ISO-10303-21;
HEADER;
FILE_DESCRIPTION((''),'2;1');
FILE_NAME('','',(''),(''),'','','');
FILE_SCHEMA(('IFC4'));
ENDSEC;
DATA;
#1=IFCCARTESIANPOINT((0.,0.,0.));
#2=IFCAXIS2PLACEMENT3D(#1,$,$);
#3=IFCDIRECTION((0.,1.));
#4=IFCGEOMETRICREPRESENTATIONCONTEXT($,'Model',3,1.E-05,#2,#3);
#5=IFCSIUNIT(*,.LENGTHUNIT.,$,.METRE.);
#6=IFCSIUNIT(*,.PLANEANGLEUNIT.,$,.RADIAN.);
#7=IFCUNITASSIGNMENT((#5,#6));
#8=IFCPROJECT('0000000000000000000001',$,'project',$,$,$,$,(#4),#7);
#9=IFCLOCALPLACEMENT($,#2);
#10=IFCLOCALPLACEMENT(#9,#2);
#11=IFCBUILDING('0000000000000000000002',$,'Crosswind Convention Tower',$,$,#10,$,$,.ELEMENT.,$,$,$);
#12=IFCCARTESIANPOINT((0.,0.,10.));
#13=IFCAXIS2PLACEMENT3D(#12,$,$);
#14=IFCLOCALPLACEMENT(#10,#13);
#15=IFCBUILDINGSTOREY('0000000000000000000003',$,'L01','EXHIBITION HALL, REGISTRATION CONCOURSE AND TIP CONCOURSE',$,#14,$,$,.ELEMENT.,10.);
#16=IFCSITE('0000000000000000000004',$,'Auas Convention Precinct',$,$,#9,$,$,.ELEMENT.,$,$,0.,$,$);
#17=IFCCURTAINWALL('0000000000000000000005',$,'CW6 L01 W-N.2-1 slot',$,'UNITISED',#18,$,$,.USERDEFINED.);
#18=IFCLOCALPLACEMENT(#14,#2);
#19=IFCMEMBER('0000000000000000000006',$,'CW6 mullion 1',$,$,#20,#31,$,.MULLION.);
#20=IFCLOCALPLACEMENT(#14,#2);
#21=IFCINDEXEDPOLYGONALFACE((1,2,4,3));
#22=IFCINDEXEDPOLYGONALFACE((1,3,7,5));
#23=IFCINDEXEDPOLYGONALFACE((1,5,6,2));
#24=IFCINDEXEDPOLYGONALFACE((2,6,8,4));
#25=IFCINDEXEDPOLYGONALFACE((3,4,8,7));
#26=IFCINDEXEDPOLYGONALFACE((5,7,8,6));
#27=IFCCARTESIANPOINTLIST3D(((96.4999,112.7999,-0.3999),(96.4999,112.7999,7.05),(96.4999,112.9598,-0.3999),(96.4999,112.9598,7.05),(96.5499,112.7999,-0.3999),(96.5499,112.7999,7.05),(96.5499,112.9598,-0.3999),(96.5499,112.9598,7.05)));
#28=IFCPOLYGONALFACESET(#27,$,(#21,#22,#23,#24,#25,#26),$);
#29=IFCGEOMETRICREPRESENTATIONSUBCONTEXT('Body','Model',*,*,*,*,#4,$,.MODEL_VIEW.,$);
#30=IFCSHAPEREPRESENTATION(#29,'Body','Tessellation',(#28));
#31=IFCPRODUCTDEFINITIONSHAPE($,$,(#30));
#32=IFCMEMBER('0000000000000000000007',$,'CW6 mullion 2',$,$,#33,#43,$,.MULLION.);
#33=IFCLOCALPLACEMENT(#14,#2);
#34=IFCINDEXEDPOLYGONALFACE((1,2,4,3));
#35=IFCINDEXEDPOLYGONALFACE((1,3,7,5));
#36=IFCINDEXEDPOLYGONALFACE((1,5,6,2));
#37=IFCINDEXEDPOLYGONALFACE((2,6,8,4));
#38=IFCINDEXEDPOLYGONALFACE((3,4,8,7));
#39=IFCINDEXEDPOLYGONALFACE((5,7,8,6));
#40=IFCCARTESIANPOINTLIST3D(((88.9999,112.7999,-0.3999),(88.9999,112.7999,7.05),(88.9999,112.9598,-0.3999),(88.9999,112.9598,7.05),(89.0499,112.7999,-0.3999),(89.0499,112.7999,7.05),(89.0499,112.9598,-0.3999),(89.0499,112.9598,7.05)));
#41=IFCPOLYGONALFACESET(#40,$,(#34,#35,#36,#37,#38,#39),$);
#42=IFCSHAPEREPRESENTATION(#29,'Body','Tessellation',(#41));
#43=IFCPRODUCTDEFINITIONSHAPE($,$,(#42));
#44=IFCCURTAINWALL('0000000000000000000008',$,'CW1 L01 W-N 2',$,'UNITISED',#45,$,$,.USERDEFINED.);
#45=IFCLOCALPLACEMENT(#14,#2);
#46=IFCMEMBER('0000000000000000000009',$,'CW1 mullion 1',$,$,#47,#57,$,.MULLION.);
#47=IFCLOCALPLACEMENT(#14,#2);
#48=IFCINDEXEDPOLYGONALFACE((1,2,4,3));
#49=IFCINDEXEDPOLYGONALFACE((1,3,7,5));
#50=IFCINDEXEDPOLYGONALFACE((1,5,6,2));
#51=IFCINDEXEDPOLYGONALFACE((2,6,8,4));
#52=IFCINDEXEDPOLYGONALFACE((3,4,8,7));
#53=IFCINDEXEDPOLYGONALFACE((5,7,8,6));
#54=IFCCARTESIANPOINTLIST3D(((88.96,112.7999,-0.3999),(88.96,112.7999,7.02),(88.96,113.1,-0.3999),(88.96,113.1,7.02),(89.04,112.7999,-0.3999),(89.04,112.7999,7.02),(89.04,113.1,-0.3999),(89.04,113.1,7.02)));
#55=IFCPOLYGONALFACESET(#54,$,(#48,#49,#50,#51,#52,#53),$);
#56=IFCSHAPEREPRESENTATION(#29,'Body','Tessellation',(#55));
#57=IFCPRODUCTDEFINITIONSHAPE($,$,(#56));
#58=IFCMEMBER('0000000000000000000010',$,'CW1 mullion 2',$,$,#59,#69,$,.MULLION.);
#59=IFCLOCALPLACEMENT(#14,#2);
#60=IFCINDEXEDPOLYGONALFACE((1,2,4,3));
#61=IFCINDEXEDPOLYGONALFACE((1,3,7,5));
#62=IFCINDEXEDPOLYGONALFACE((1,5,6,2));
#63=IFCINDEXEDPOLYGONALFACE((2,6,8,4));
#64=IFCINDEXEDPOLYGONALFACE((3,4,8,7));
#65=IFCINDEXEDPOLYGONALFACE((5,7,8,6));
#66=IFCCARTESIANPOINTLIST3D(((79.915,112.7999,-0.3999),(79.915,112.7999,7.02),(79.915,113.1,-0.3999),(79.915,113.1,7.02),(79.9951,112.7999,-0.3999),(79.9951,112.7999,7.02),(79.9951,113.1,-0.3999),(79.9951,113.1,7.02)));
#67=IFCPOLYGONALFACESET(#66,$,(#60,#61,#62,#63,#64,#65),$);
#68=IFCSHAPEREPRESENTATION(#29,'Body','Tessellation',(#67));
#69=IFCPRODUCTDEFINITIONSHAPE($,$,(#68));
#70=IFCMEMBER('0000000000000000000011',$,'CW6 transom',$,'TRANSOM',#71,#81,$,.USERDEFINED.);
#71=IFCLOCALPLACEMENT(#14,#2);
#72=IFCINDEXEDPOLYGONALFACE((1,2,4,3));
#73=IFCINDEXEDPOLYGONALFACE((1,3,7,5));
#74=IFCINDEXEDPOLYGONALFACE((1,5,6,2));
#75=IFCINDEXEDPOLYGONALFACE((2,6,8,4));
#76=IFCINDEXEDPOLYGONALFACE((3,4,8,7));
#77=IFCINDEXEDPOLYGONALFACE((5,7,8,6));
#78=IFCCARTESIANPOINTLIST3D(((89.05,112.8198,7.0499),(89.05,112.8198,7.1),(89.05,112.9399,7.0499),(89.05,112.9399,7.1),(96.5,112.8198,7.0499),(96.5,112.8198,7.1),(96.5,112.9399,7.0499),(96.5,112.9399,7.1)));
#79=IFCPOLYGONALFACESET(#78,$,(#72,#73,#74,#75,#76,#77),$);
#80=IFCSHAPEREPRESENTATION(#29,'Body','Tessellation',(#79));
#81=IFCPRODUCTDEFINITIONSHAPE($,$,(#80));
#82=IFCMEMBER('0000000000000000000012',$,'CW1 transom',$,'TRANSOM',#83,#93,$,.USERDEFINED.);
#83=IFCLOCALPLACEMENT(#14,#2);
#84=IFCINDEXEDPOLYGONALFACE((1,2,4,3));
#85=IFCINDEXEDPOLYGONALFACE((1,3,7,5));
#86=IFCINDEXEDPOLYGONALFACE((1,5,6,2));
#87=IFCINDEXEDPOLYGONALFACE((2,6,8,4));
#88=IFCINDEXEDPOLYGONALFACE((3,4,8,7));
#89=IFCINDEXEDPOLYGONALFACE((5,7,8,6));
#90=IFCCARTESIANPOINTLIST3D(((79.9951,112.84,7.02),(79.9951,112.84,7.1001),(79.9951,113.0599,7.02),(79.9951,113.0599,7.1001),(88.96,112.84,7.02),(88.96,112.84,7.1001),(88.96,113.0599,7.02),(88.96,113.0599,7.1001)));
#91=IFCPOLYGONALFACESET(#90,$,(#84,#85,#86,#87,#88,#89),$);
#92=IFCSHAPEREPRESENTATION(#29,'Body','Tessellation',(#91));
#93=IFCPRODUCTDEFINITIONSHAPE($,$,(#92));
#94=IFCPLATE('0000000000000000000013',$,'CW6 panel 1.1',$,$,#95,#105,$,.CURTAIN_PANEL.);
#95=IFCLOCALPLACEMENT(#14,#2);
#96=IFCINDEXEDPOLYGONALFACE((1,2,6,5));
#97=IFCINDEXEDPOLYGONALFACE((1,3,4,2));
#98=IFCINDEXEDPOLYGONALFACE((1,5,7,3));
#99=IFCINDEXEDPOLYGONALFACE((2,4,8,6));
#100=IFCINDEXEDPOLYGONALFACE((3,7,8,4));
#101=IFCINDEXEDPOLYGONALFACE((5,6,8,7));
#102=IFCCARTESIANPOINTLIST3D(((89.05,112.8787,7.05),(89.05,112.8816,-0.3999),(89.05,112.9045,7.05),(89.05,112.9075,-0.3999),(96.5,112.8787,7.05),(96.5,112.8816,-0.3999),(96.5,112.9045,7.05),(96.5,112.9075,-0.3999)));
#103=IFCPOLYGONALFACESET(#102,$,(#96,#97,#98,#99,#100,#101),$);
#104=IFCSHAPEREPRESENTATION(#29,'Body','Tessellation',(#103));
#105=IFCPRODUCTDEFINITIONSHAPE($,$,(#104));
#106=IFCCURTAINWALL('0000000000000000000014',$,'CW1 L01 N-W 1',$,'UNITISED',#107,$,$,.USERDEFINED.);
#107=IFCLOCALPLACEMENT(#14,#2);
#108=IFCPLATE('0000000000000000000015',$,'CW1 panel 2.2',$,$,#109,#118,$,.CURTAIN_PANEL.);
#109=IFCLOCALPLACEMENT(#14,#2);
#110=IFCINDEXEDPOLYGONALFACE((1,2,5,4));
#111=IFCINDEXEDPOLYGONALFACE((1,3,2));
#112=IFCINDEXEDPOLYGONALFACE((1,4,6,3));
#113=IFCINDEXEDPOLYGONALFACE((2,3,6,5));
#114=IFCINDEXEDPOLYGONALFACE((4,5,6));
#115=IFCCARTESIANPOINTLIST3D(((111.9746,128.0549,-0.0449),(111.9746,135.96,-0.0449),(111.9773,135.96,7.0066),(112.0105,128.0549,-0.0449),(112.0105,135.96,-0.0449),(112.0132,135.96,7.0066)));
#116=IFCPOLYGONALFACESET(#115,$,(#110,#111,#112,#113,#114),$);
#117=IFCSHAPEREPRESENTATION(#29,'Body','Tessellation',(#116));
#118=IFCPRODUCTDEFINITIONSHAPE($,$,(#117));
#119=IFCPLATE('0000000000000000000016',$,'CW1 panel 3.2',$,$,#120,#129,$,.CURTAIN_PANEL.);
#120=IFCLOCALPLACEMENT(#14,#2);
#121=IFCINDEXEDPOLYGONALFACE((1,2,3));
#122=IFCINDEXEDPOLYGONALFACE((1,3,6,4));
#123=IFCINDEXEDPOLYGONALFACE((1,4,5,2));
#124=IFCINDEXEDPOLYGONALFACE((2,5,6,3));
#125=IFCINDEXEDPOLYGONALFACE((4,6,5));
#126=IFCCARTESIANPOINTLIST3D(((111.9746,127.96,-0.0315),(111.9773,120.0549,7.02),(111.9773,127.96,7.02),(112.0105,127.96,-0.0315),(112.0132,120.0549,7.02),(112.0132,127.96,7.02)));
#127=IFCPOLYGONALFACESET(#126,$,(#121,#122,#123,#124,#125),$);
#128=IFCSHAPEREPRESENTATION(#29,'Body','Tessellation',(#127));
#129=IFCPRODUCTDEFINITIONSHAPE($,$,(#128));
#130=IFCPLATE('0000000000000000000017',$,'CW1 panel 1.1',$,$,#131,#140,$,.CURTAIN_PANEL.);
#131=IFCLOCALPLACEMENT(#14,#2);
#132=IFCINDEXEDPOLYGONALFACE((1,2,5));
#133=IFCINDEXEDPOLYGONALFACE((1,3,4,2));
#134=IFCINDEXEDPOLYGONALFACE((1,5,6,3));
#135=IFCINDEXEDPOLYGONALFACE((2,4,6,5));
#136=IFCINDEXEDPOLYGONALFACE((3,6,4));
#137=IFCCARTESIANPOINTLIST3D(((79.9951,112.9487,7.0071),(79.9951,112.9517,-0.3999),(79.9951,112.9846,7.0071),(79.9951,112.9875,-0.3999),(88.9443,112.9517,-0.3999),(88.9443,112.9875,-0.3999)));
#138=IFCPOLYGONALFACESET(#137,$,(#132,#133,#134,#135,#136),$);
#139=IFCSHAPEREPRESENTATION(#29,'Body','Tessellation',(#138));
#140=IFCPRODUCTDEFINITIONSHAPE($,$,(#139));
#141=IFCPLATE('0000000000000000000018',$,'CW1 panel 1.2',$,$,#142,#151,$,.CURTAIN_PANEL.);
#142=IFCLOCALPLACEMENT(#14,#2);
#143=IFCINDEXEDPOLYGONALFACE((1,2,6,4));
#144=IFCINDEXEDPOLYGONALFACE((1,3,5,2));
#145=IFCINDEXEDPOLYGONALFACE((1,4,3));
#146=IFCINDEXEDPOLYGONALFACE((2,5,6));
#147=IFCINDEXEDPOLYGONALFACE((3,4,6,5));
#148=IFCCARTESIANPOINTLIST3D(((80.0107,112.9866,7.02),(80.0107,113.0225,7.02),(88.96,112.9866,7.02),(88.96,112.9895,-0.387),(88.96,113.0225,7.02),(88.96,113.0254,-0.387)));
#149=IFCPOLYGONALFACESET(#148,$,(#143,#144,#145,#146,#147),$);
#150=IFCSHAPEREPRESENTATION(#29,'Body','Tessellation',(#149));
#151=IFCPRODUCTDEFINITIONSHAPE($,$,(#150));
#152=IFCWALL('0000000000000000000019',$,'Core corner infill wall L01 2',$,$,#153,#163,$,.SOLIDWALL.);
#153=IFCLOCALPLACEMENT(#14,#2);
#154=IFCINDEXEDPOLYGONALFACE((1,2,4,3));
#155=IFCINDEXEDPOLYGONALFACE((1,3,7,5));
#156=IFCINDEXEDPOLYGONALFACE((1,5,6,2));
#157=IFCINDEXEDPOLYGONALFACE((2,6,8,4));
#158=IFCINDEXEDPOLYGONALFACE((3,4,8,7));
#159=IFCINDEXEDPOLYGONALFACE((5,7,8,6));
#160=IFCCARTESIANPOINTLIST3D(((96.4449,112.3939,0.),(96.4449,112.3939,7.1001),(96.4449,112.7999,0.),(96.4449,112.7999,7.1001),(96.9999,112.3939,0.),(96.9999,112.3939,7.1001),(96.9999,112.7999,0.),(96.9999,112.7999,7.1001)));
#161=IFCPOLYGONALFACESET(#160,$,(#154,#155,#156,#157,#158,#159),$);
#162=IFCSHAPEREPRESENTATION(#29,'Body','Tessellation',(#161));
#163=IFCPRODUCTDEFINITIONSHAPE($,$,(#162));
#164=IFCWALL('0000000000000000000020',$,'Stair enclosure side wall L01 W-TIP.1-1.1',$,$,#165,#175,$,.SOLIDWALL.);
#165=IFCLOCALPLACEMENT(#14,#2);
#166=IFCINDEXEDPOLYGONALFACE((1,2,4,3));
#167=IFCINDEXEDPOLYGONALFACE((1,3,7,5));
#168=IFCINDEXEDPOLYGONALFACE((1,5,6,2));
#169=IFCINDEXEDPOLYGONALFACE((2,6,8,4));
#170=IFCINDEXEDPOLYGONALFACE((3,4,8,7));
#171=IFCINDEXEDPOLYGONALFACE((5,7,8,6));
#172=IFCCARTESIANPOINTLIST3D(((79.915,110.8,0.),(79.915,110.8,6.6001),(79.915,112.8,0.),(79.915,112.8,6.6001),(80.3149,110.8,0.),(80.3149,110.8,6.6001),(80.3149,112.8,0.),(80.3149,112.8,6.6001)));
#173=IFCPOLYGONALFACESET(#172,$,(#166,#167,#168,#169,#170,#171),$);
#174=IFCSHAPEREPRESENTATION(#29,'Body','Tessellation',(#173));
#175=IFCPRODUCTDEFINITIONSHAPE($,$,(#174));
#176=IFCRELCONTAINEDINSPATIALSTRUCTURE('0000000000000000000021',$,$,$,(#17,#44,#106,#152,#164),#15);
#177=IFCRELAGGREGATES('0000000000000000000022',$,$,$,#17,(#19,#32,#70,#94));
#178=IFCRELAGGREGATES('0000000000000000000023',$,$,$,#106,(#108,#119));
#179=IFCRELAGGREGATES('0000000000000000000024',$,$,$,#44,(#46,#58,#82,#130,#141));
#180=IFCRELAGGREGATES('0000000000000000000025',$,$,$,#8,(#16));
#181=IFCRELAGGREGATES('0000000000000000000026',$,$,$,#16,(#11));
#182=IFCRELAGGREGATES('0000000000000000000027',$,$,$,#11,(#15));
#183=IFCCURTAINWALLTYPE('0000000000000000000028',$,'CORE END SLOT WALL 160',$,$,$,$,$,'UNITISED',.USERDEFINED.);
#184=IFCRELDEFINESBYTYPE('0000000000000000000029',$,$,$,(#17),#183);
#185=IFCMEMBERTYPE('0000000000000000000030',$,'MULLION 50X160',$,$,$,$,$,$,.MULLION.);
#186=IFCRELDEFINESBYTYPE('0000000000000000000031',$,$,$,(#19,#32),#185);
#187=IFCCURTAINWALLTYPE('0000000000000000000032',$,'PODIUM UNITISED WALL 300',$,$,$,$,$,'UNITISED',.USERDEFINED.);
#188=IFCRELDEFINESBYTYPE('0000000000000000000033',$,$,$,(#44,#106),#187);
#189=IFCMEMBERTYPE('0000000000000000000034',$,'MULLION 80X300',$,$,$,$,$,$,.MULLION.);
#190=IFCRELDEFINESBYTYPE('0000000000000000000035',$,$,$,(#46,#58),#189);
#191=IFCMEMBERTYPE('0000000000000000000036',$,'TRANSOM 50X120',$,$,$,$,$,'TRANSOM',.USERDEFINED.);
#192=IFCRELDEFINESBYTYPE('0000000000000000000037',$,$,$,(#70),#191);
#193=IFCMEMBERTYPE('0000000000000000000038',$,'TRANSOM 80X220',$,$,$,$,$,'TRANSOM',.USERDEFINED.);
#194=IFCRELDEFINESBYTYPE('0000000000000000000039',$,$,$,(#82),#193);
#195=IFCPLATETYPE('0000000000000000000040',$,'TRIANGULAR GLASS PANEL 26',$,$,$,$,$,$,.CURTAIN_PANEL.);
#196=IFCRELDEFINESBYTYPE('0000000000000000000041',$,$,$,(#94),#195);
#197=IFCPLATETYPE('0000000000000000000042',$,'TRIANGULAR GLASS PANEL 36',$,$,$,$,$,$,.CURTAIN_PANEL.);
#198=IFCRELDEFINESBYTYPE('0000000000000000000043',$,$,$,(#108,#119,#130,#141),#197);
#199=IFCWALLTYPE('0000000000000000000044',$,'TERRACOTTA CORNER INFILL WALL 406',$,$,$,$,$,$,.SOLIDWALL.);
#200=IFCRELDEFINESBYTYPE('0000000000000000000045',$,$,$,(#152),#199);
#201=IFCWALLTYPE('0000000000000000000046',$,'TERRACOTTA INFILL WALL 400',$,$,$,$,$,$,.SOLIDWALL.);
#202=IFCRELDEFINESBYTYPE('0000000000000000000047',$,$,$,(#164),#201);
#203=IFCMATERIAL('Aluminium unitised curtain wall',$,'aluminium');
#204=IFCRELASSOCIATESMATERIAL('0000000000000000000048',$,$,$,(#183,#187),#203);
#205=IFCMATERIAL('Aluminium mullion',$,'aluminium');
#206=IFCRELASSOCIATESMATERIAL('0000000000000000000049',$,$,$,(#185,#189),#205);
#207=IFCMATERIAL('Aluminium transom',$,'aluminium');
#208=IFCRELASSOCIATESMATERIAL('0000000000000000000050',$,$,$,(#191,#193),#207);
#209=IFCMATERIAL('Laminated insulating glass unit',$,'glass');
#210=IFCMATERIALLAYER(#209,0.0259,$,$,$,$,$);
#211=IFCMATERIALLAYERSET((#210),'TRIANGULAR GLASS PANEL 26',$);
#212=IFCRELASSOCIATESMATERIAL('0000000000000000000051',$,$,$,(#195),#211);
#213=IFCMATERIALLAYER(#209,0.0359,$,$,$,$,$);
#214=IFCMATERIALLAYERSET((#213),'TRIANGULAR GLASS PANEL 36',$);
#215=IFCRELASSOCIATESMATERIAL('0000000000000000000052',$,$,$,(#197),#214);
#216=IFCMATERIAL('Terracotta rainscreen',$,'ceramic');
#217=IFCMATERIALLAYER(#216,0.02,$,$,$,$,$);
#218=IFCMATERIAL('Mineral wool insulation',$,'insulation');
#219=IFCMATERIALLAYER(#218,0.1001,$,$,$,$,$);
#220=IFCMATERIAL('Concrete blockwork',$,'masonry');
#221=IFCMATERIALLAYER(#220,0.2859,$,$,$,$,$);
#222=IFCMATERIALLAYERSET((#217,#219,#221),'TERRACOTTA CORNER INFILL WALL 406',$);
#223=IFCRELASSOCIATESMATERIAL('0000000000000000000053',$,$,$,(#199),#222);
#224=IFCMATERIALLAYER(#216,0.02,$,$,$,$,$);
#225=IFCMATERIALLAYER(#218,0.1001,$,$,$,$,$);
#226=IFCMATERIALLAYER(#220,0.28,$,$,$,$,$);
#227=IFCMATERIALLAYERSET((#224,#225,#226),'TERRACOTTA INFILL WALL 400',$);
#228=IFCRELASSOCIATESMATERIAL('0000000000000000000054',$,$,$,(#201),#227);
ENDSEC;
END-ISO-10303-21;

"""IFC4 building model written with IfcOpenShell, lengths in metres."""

from ifc_helpers import new_model, si_unit, direction, frame, frame_2d, origin, origin_2d, place, context, subcontext, project, spatial, polyline, rectangle, outline, extrude, material, layer, layer_set, material_profile, profile_set, type_object, element, aggregate, save


model = new_model("IFC4")

# Units and contexts
model_context = context("Model", 3, precision=1e-05, world=origin(), true_north=direction((0.0, 1.0)))
body_context = subcontext(model_context, "Body", "Model", "MODEL_VIEW")
ifc_project = project(units=[si_unit("LENGTHUNIT", "METRE"), si_unit("PLANEANGLEUNIT", "RADIAN")], contexts=[model_context])

# Site, building, storey
site_placement = place(None, origin())
site = spatial("IfcSite", under=ifc_project, at=site_placement, Name="Auas Convention Precinct", CompositionType="ELEMENT", RefElevation=0.0)
building_placement = place(site_placement, origin())
building = spatial("IfcBuilding", under=site, at=building_placement, Name="Crosswind Convention Tower", CompositionType="ELEMENT")
storey_placement = place(building_placement, frame((0.0, 0.0, 10.0)))
storey = spatial("IfcBuildingStorey", under=building, at=storey_placement, Name="L01", Description="EXHIBITION HALL, REGISTRATION CONCOURSE AND TIP CONCOURSE", CompositionType="ELEMENT", Elevation=10.0)

# Curtain walls, members
ifc_material_1 = material(Name="Aluminium unitised curtain wall", Category="aluminium")
curtain_wall_type_1 = type_object("IfcCurtainWallType", Name="CORE END SLOT WALL 160", ElementType="UNITISED", PredefinedType="USERDEFINED", material=ifc_material_1)
curtain_wall_1_placement = place(storey_placement, origin())
curtain_wall_1 = element("IfcCurtainWall", 1, at=curtain_wall_1_placement, inside=storey, type_object=curtain_wall_type_1, Name="CW6 L01 W-N.2-1 slot", ObjectType="UNITISED", PredefinedType="USERDEFINED")
ifc_material_2 = material(Name="Aluminium mullion", Category="aluminium")
ifc_material_profile_1 = material_profile(ifc_material_2, rectangle(XDim=0.1599, YDim=0.05, at=origin_2d()), Name="AL 160X50")
ifc_profile_set_1 = profile_set([ifc_material_profile_1], Name="Aluminium mullion")
member_type_1 = type_object("IfcMemberType", Name="MULLION 50X160", PredefinedType="MULLION", material=ifc_profile_set_1)
member_1_placement = place(storey_placement, frame((96.5249, 112.8799, -0.3999), z_axis=(0.0, 0.0, 1.0), x_axis=(0.0, 1.0, 0.0)))
member_1 = element("IfcMember", 2, at=member_1_placement, type_object=member_type_1, Name="CW6 mullion 1", PredefinedType="MULLION", context=body_context, shape_type="SweptSolid", body=[
    extrude(rectangle(XDim=0.1599, YDim=0.05, at=origin_2d()), origin(), (0.0, 0.0, 1.0), 7.45),
])
member_2_placement = place(storey_placement, frame((89.0249, 112.8799, -0.3999), z_axis=(0.0, 0.0, 1.0), x_axis=(0.0, 1.0, 0.0)))
member_2 = element("IfcMember", 3, at=member_2_placement, type_object=member_type_1, Name="CW6 mullion 2", PredefinedType="MULLION", context=body_context, shape_type="SweptSolid", body=[
    extrude(rectangle(XDim=0.1599, YDim=0.05, at=origin_2d()), origin(), (0.0, 0.0, 1.0), 7.45),
])
curtain_wall_type_2 = type_object("IfcCurtainWallType", Name="PODIUM UNITISED WALL 300", ElementType="UNITISED", PredefinedType="USERDEFINED", material=ifc_material_1)
curtain_wall_2_placement = place(storey_placement, origin())
curtain_wall_2 = element("IfcCurtainWall", 4, at=curtain_wall_2_placement, inside=storey, type_object=curtain_wall_type_2, Name="CW1 L01 W-N 2", ObjectType="UNITISED", PredefinedType="USERDEFINED")
ifc_material_profile_2 = material_profile(ifc_material_2, rectangle(XDim=0.3, YDim=0.0801, at=origin_2d()), Name="AL 300X80")
ifc_profile_set_2 = profile_set([ifc_material_profile_2], Name="Aluminium mullion")
member_type_2 = type_object("IfcMemberType", Name="MULLION 80X300", PredefinedType="MULLION", material=ifc_profile_set_2)
member_3_placement = place(storey_placement, frame((89.0, 112.95, -0.3999), z_axis=(0.0, 0.0, 1.0), x_axis=(0.0, 1.0, 0.0)))
member_3 = element("IfcMember", 5, at=member_3_placement, type_object=member_type_2, Name="CW1 mullion 1", PredefinedType="MULLION", context=body_context, shape_type="SweptSolid", body=[
    extrude(rectangle(XDim=0.3, YDim=0.0801, at=origin_2d()), origin(), (0.0, 0.0, 1.0), 7.4199),
])
member_4_placement = place(storey_placement, frame((79.9551, 112.95, -0.3999), z_axis=(0.0, 0.0, 1.0), x_axis=(0.0, 1.0, 0.0)))
member_4 = element("IfcMember", 6, at=member_4_placement, type_object=member_type_2, Name="CW1 mullion 2", PredefinedType="MULLION", context=body_context, shape_type="SweptSolid", body=[
    extrude(rectangle(XDim=0.3, YDim=0.0801, at=origin_2d()), origin(), (0.0, 0.0, 1.0), 7.4199),
])

# Members
ifc_material_3 = material(Name="Aluminium transom", Category="aluminium")
ifc_material_profile_3 = material_profile(ifc_material_3, rectangle(XDim=0.1201, YDim=0.05, at=origin_2d()), Name="AL 120X50")
ifc_profile_set_3 = profile_set([ifc_material_profile_3], Name="Aluminium transom")
member_type_3 = type_object("IfcMemberType", Name="TRANSOM 50X120", ElementType="TRANSOM", PredefinedType="USERDEFINED", material=ifc_profile_set_3)
member_5_placement = place(storey_placement, frame((96.5, 112.8799, 7.075), z_axis=(-1.0, 0.0, 0.0), x_axis=(0.0, -1.0, 0.0)))
member_5 = element("IfcMember", 7, at=member_5_placement, type_object=member_type_3, Name="CW6 transom", ObjectType="TRANSOM", PredefinedType="USERDEFINED", context=body_context, shape_type="SweptSolid", body=[
    extrude(rectangle(XDim=0.1201, YDim=0.05, at=origin_2d()), origin(), (0.0, 0.0, 1.0), 7.45),
])
ifc_material_profile_4 = material_profile(ifc_material_3, rectangle(XDim=0.22, YDim=0.0801, at=origin_2d()), Name="AL 220X80")
ifc_profile_set_4 = profile_set([ifc_material_profile_4], Name="Aluminium transom")
member_type_4 = type_object("IfcMemberType", Name="TRANSOM 80X220", ElementType="TRANSOM", PredefinedType="USERDEFINED", material=ifc_profile_set_4)
member_6_placement = place(storey_placement, frame((88.96, 112.95, 7.0601), z_axis=(-1.0, 0.0, 0.0), x_axis=(0.0, -1.0, 0.0)))
member_6 = element("IfcMember", 8, at=member_6_placement, type_object=member_type_4, Name="CW1 transom", ObjectType="TRANSOM", PredefinedType="USERDEFINED", context=body_context, shape_type="SweptSolid", body=[
    extrude(rectangle(XDim=0.22, YDim=0.0801, at=origin_2d()), origin(), (0.0, 0.0, 1.0), 8.9648),
])

# Plate
ifc_material_4 = material(Name="Laminated insulating glass unit", Category="glass")
ifc_layer_1 = layer(ifc_material_4, 0.0259)
ifc_layer_set_1 = layer_set([ifc_layer_1], Name="TRIANGULAR GLASS PANEL 26")
plate_type_1 = type_object("IfcPlateType", Name="TRIANGULAR GLASS PANEL 26", PredefinedType="CURTAIN_PANEL", material=ifc_layer_set_1)
plate_1_placement = place(storey_placement, frame((96.5, 112.9075, -0.3999), z_axis=(0.0, 1.0, 0.000393), x_axis=(-1.0, 0.0, 0.0)))
plate_1 = element("IfcPlate", 9, at=plate_1_placement, type_object=plate_type_1, Name="CW6 panel 1.1", PredefinedType="CURTAIN_PANEL", context=body_context, shape_type="SweptSolid", body=[
    extrude(outline(polyline([(0.0, 0.0), (7.45, 0.0), (7.45, 7.45), (0.0, 7.45), (0.0, 0.0)])), origin(), (0.0, 0.0, -1.0), 0.0259),
])
aggregate(curtain_wall_1, [member_1, member_2, member_5, plate_1])

# Curtain wall, plates
curtain_wall_3_placement = place(storey_placement, origin())
curtain_wall_3 = element("IfcCurtainWall", 10, at=curtain_wall_3_placement, inside=storey, type_object=curtain_wall_type_2, Name="CW1 L01 N-W 1", ObjectType="UNITISED", PredefinedType="USERDEFINED")
ifc_layer_2 = layer(ifc_material_4, 0.0359)
ifc_layer_set_2 = layer_set([ifc_layer_2], Name="TRIANGULAR GLASS PANEL 36")
plate_type_2 = type_object("IfcPlateType", Name="TRIANGULAR GLASS PANEL 36", PredefinedType="CURTAIN_PANEL", material=ifc_layer_set_2)
plate_2_placement = place(storey_placement, frame((111.9746, 135.96, -0.0449), z_axis=(-1.0, 0.0, 0.000381), x_axis=(0.0, -1.0, 0.0)))
plate_2 = element("IfcPlate", 11, at=plate_2_placement, type_object=plate_type_2, Name="CW1 panel 2.2", PredefinedType="CURTAIN_PANEL", context=body_context, shape_type="SweptSolid", body=[
    extrude(outline(polyline([(0.0, 0.0), (7.905, 0.0), (0.0, 7.0515), (0.0, 0.0)])), origin(), (0.0, 0.0, -1.0), 0.0359),
])
plate_3_placement = place(storey_placement, frame((111.9773, 127.96, 7.02), z_axis=(-1.0, 0.0, 0.000381), x_axis=(-0.000381, 0.0, -1.0)))
plate_3 = element("IfcPlate", 12, at=plate_3_placement, type_object=plate_type_2, Name="CW1 panel 3.2", PredefinedType="CURTAIN_PANEL", context=body_context, shape_type="SweptSolid", body=[
    extrude(outline(polyline([(0.0, 0.0), (7.0515, 0.0), (0.0, 7.905), (0.0, 0.0)])), origin(), (0.0, 0.0, -1.0), 0.0359),
])

# Plates
plate_4_placement = place(storey_placement, frame((79.9951, 112.9875, -0.3999), z_axis=(0.0, 1.0, 0.000396), x_axis=(0.0, -0.000396, 1.0)))
plate_4 = element("IfcPlate", 13, at=plate_4_placement, type_object=plate_type_2, Name="CW1 panel 1.1", PredefinedType="CURTAIN_PANEL", context=body_context, shape_type="SweptSolid", body=[
    extrude(outline(polyline([(0.0, 0.0), (7.407, 0.0), (0.0, 8.9492), (0.0, 0.0)])), origin(), (0.0, 0.0, -1.0), 0.0359),
])
plate_5_placement = place(storey_placement, frame((88.96, 113.0225, 7.02), z_axis=(0.0, 1.0, 0.000396), x_axis=(0.0, 0.000396, -1.0)))
plate_5 = element("IfcPlate", 14, at=plate_5_placement, type_object=plate_type_2, Name="CW1 panel 1.2", PredefinedType="CURTAIN_PANEL", context=body_context, shape_type="SweptSolid", body=[
    extrude(outline(polyline([(0.0, 0.0), (7.407, 0.0), (0.0, 8.9492), (0.0, 0.0)])), origin(), (0.0, 0.0, -1.0), 0.0359),
])

# Walls
ifc_material_5 = material(Name="Terracotta rainscreen", Category="ceramic")
ifc_layer_3 = layer(ifc_material_5, 0.02)
ifc_material_6 = material(Name="Mineral wool insulation", Category="insulation")
ifc_layer_4 = layer(ifc_material_6, 0.1001)
ifc_material_7 = material(Name="Concrete blockwork", Category="masonry")
ifc_layer_5 = layer(ifc_material_7, 0.2859)
ifc_layer_set_3 = layer_set([ifc_layer_3, ifc_layer_4, ifc_layer_5], Name="TERRACOTTA CORNER INFILL WALL 406")
wall_type_1 = type_object("IfcWallType", Name="TERRACOTTA CORNER INFILL WALL 406", PredefinedType="SOLIDWALL", material=ifc_layer_set_3)
wall_1_placement = place(storey_placement, frame((96.4451, 112.5969, 0.0), z_axis=(0.0, 0.0, 1.0), x_axis=(1.0, 0.0, 0.0)))
element("IfcWall", 15, at=wall_1_placement, inside=storey, type_object=wall_type_1, Name="Core corner infill wall L01 2", PredefinedType="SOLIDWALL", context=body_context, shape_type="SweptSolid", body=[
    extrude(rectangle(XDim=0.5549, YDim=0.406, at=frame_2d((0.2773, 0.0))), origin(), (0.0, 0.0, 1.0), 7.1001),
])
ifc_layer_6 = layer(ifc_material_5, 0.02)
ifc_layer_7 = layer(ifc_material_6, 0.1001)
ifc_layer_8 = layer(ifc_material_7, 0.28)
ifc_layer_set_4 = layer_set([ifc_layer_6, ifc_layer_7, ifc_layer_8], Name="TERRACOTTA INFILL WALL 400")
wall_type_2 = type_object("IfcWallType", Name="TERRACOTTA INFILL WALL 400", PredefinedType="SOLIDWALL", material=ifc_layer_set_4)
wall_2_placement = place(storey_placement, frame((80.115, 112.8, 0.0), z_axis=(0.0, 0.0, 1.0), x_axis=(0.0, -1.0, 0.0)))
element("IfcWall", 16, at=wall_2_placement, inside=storey, type_object=wall_type_2, Name="Stair enclosure side wall L01 W-TIP.1-1.1", PredefinedType="SOLIDWALL", context=body_context, shape_type="SweptSolid", body=[
    extrude(rectangle(XDim=2.0, YDim=0.3999, at=frame_2d((1.0, 0.0))), origin(), (0.0, 0.0, 1.0), 6.6001),
])

aggregate(curtain_wall_3, [plate_2, plate_3])
aggregate(curtain_wall_2, [member_3, member_4, member_6, plate_4, plate_5])

save(model, "model.ifc")
